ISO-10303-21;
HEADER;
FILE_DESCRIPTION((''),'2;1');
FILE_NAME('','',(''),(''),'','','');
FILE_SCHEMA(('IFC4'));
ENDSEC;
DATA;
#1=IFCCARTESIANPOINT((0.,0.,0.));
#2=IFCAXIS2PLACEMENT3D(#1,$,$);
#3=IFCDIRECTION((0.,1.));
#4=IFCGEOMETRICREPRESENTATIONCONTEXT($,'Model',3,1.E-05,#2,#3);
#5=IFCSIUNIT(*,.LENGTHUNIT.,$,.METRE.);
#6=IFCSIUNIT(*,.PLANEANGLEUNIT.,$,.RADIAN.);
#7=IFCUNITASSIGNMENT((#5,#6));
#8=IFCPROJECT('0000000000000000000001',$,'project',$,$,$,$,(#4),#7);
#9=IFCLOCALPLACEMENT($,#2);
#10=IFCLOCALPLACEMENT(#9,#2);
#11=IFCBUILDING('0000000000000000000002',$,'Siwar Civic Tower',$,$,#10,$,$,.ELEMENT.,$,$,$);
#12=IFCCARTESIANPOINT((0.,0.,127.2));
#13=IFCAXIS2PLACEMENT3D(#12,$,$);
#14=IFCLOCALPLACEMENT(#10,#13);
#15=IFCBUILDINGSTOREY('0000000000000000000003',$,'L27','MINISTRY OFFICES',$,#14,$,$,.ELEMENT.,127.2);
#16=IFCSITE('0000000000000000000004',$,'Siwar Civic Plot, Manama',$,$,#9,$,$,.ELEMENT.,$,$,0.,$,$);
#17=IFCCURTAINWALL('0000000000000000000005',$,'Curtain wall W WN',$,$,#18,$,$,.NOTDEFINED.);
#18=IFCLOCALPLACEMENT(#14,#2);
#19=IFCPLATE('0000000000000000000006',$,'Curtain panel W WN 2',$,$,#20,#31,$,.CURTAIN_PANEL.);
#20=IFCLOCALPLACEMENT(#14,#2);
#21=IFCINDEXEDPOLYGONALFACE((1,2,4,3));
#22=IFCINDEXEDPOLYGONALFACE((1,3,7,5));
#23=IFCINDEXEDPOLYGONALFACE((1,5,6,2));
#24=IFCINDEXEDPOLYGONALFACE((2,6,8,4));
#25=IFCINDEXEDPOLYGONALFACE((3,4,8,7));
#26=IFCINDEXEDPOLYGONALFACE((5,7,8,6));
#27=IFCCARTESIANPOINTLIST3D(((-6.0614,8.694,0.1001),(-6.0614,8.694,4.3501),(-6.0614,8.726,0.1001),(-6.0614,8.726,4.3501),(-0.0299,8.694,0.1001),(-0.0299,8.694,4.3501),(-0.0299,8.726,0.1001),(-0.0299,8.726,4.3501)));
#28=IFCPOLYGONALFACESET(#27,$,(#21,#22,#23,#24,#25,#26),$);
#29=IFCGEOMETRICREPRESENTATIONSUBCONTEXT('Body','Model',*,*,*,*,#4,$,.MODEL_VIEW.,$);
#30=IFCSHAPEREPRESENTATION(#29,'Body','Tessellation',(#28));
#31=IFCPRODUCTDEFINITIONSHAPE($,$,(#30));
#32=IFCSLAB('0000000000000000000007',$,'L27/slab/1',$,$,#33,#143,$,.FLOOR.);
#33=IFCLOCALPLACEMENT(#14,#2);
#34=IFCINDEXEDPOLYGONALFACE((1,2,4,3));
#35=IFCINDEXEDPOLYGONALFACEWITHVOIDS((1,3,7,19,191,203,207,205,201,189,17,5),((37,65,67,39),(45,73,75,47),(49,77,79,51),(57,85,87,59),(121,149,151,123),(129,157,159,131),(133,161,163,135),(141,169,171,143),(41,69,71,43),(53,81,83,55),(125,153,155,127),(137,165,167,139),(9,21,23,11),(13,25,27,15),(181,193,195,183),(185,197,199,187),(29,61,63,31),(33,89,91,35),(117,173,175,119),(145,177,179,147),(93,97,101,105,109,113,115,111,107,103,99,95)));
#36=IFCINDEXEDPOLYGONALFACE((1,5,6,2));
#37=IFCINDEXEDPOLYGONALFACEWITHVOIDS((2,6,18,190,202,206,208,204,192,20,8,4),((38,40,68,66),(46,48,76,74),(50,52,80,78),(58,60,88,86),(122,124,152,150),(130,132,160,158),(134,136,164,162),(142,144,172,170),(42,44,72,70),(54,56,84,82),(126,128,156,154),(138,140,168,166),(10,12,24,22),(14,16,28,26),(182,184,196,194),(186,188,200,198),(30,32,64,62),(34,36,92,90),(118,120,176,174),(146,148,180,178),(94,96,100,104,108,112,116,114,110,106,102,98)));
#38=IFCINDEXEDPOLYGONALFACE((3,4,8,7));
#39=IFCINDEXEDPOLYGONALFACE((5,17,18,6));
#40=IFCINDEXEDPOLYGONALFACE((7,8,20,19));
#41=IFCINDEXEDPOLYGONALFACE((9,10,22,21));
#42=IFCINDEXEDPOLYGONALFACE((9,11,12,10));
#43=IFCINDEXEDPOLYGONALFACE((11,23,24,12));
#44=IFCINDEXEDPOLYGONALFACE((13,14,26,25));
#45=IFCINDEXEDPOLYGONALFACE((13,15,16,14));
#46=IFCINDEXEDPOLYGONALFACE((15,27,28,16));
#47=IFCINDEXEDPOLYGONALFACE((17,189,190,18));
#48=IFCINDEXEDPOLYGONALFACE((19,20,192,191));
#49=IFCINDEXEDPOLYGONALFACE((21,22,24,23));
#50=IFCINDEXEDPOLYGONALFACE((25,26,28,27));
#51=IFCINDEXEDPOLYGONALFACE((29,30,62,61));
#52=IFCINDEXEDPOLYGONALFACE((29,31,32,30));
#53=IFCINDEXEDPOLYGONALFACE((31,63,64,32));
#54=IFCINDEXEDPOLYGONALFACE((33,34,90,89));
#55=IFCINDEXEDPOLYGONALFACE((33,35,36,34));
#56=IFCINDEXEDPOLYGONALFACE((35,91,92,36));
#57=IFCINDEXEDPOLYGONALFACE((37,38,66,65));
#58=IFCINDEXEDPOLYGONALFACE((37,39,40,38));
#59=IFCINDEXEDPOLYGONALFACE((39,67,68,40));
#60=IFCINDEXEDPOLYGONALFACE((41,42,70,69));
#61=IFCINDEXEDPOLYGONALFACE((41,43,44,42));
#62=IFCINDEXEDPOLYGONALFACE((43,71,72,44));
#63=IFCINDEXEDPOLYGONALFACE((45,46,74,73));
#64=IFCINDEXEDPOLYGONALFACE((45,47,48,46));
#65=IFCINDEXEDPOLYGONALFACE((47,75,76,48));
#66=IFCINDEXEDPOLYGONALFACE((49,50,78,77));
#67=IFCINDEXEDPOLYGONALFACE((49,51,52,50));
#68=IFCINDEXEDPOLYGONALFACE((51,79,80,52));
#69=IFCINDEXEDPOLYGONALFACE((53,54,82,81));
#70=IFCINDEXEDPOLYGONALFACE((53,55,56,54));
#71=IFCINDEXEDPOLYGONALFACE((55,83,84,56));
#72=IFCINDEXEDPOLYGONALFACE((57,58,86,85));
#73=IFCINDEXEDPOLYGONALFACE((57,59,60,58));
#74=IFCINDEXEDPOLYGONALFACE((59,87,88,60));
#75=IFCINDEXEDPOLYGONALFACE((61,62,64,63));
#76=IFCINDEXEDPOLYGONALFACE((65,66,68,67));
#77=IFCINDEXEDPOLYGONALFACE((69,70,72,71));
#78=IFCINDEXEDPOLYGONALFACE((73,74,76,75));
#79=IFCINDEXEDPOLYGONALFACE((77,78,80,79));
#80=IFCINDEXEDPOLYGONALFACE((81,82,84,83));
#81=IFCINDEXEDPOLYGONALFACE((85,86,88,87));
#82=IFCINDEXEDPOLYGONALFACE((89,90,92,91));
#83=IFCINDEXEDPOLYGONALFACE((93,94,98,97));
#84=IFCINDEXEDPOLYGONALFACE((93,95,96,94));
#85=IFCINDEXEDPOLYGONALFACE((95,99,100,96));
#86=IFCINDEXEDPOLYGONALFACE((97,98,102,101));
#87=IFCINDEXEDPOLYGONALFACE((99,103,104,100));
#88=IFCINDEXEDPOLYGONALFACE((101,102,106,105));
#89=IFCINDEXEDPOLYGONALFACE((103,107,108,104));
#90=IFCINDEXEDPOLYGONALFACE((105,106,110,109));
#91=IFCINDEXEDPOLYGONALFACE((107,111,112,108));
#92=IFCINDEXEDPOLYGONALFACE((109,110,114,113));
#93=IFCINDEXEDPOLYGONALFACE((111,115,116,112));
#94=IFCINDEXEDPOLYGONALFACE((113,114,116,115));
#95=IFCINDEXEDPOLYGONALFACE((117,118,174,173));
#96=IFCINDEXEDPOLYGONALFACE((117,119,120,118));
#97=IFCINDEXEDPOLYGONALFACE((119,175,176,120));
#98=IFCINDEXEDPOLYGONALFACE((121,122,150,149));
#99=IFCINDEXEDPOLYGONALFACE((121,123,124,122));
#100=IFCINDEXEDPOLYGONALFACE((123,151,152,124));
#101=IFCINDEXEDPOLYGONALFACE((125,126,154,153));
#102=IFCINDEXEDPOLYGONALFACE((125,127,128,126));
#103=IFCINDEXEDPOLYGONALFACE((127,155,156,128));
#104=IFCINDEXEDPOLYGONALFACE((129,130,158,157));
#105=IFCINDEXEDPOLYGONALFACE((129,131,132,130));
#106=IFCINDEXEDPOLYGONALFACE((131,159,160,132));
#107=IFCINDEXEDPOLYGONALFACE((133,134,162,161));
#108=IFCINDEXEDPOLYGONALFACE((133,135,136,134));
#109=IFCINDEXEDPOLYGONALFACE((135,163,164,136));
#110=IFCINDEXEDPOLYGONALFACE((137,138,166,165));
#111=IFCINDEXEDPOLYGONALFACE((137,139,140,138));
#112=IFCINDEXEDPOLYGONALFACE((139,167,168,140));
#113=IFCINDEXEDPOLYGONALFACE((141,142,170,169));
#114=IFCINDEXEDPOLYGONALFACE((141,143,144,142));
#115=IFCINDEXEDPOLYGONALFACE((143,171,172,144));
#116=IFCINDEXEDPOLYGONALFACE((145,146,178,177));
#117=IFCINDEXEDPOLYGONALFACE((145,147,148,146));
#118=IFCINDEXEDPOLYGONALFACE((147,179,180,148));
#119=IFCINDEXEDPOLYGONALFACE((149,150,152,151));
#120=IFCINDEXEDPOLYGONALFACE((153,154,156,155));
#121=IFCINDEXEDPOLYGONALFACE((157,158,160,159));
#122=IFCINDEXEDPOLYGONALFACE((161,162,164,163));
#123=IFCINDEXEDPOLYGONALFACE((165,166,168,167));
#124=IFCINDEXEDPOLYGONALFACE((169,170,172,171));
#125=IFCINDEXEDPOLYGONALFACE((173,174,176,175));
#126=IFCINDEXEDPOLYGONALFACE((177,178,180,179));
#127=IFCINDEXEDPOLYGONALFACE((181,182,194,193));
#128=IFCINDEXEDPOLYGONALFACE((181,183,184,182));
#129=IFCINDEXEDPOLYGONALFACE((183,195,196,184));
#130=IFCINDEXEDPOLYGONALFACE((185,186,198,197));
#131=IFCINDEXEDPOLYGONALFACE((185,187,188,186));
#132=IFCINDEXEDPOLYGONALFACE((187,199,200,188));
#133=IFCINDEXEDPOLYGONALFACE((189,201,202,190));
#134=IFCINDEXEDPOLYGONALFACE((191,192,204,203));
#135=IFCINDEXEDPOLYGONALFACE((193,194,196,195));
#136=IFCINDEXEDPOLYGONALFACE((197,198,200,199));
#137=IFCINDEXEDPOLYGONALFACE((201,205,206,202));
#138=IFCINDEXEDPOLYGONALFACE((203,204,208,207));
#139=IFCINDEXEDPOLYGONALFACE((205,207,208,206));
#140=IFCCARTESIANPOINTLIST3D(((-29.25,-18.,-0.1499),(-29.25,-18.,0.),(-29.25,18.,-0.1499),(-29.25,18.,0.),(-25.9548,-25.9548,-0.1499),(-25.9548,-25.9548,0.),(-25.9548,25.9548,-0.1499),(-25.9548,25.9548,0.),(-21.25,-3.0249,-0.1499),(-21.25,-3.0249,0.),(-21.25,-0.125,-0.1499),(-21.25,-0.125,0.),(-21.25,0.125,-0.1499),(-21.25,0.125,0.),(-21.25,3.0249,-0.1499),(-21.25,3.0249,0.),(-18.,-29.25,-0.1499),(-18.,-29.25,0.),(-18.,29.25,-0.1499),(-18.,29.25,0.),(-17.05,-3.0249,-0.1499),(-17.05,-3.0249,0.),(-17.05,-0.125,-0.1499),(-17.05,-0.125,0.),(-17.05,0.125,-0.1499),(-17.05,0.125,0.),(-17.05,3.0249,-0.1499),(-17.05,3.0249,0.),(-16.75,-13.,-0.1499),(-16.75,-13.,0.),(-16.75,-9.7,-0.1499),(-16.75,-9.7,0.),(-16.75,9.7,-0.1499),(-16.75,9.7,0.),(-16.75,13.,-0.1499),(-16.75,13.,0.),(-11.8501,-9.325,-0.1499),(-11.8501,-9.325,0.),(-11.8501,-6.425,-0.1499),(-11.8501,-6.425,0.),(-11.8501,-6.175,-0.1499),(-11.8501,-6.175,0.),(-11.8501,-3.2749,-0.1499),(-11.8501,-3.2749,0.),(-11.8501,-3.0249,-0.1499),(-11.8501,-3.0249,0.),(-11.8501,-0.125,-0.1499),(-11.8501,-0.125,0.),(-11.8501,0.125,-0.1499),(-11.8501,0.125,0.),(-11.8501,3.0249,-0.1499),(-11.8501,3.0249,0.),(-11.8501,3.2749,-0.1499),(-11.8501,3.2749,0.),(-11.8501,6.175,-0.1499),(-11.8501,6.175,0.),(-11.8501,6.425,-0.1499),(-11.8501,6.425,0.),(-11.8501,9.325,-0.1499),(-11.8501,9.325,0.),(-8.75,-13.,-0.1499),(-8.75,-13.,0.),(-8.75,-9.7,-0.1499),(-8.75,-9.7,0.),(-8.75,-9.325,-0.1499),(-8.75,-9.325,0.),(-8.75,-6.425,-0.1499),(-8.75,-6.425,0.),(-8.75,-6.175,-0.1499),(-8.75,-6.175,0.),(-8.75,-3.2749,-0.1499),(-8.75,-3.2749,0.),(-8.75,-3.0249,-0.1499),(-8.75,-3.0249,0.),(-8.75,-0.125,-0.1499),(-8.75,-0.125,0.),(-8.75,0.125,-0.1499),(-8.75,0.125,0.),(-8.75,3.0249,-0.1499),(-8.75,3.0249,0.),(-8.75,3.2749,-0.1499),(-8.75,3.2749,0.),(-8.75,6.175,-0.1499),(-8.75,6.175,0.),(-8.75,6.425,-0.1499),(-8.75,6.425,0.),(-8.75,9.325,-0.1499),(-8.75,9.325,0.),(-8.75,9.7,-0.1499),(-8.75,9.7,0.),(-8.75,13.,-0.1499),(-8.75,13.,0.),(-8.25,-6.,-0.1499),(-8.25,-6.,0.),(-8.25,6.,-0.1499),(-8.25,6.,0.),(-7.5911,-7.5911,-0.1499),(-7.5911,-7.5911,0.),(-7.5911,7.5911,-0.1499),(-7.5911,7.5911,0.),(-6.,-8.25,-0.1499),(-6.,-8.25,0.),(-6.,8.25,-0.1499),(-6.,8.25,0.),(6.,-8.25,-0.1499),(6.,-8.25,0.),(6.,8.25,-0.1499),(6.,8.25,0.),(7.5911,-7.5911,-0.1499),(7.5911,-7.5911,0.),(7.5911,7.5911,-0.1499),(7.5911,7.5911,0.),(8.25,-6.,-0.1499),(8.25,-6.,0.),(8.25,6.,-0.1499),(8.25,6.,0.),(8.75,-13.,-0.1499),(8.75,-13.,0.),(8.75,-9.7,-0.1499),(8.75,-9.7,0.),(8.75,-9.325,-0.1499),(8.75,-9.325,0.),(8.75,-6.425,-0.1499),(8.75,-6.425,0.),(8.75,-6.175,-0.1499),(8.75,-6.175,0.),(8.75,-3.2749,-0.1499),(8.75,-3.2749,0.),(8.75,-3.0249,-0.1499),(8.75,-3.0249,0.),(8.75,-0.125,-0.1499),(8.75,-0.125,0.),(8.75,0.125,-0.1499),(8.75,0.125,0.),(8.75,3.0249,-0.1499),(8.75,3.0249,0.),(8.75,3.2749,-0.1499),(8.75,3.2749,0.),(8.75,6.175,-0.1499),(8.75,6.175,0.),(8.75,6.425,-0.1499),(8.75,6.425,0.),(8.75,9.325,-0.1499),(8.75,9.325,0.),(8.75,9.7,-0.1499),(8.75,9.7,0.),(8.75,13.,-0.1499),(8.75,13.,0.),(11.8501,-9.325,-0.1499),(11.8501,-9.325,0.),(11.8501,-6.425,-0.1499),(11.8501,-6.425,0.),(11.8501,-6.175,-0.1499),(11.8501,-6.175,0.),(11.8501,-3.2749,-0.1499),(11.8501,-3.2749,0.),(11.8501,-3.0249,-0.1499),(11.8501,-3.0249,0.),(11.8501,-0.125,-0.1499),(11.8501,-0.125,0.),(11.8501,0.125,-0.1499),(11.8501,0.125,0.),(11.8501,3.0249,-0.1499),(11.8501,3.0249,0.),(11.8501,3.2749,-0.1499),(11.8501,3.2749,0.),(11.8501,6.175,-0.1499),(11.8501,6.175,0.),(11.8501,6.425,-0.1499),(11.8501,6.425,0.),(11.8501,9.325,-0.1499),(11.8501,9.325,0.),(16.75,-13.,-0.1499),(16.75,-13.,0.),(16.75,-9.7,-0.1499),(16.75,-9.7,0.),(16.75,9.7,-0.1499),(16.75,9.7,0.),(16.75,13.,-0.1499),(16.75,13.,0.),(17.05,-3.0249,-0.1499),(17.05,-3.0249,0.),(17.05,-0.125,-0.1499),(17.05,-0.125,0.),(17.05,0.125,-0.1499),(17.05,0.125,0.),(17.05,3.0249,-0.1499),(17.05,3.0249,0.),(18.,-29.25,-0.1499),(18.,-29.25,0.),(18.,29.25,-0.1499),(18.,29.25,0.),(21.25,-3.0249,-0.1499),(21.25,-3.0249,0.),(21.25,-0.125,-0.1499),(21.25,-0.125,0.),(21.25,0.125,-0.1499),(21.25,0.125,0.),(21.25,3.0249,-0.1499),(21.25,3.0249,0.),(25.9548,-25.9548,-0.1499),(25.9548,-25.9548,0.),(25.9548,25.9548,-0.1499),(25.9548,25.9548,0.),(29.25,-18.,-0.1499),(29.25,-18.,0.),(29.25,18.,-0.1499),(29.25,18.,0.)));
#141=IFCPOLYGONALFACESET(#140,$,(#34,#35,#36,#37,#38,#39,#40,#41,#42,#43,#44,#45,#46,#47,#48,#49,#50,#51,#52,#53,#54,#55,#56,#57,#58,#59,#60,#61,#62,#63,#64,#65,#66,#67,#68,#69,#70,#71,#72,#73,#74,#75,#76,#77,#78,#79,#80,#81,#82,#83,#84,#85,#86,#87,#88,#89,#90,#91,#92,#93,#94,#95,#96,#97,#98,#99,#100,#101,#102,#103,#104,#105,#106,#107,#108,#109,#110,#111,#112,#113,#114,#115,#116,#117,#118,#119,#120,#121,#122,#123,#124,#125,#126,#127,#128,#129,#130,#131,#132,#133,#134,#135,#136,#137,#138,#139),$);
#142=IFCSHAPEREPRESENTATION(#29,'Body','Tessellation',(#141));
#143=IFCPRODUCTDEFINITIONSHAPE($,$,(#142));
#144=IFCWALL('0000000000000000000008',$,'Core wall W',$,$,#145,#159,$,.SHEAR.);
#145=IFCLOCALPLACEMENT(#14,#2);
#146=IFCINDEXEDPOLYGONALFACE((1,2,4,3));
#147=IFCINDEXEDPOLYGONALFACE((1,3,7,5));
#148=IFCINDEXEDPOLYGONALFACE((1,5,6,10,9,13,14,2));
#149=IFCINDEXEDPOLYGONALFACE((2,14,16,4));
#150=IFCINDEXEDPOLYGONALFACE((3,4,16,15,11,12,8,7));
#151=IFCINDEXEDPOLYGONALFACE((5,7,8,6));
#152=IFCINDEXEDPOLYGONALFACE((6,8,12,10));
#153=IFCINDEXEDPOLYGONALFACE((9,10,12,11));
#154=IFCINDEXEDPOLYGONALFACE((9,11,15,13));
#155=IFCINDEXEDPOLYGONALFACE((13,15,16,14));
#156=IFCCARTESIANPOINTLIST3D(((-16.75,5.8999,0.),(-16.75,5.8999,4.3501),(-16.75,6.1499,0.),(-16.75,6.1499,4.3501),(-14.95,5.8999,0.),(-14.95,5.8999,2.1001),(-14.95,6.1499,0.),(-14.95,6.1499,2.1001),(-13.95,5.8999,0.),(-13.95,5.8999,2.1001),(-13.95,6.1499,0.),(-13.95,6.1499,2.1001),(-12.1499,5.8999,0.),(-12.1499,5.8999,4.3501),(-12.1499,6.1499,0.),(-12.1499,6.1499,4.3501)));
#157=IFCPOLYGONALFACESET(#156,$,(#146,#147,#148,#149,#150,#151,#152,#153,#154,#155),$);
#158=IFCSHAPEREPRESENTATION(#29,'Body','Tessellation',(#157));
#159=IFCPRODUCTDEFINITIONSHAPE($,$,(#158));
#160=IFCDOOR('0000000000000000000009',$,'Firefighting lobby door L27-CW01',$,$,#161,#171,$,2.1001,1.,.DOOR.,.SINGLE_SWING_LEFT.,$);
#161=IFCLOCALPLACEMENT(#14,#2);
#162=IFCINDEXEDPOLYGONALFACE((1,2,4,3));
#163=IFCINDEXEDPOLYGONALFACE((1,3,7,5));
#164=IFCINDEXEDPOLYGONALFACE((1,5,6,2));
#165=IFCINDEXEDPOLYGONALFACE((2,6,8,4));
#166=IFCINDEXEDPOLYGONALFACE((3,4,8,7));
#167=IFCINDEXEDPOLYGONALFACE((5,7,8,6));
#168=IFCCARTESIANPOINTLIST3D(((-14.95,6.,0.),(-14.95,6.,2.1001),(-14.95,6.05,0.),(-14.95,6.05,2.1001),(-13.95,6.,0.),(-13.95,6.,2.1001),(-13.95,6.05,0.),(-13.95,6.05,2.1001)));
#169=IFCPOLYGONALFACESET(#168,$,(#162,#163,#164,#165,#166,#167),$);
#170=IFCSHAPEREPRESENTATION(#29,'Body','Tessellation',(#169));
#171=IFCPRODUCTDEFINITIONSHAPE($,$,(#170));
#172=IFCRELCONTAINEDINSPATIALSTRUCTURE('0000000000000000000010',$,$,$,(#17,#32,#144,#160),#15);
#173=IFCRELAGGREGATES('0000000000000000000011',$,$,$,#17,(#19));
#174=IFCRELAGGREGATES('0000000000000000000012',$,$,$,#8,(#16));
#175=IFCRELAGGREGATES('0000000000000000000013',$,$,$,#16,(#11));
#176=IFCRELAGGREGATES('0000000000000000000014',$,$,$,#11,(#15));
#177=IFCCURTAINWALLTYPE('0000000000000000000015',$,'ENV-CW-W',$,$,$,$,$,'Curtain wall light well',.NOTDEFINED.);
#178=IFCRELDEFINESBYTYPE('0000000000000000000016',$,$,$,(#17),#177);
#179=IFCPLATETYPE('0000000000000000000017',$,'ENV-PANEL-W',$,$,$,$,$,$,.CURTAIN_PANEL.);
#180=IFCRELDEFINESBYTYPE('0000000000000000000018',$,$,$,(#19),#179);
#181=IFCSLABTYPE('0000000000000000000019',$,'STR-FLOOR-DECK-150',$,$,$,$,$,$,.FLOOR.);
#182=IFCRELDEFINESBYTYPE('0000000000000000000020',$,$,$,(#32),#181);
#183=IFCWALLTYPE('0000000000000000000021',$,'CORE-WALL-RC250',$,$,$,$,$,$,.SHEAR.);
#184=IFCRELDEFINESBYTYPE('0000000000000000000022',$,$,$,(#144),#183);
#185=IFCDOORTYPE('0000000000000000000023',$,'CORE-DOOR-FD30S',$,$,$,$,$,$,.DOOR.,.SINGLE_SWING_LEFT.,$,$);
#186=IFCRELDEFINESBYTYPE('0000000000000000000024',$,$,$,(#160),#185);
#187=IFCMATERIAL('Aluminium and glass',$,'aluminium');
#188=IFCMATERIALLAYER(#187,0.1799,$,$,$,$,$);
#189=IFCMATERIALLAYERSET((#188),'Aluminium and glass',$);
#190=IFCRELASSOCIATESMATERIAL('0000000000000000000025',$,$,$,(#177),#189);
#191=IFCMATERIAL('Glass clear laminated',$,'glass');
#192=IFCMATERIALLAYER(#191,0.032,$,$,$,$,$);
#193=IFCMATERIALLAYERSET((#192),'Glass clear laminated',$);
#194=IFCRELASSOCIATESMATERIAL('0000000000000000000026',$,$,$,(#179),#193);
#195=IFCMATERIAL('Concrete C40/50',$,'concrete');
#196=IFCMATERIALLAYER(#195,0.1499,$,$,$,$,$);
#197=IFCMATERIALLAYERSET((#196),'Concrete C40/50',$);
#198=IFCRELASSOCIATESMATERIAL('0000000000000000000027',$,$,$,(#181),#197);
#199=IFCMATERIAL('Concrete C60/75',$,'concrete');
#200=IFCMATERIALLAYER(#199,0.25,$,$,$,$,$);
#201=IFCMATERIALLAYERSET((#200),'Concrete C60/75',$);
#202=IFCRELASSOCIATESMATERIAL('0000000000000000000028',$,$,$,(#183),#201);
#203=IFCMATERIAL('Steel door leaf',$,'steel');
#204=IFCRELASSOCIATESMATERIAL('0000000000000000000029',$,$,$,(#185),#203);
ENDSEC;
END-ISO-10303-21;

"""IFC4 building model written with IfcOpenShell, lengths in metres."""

from ifc_helpers import new_model, si_unit, direction, frame, frame_2d, origin, origin_2d, place, context, subcontext, project, spatial, polyline, rectangle, outline, extrude, material, layer, layer_set, type_object, element, fill, aggregate, save


model = new_model("IFC4")

# Units and contexts
model_context = context("Model", 3, precision=1e-05, world=origin(), true_north=direction((0.0, 1.0)))
body_context = subcontext(model_context, "Body", "Model", "MODEL_VIEW")
ifc_project = project(units=[si_unit("LENGTHUNIT", "METRE"), si_unit("PLANEANGLEUNIT", "RADIAN")], contexts=[model_context])

# Site, building, storey
site_placement = place(None, origin())
site = spatial("IfcSite", under=ifc_project, at=site_placement, Name="Siwar Civic Plot, Manama", CompositionType="ELEMENT", RefElevation=0.0)
building_placement = place(site_placement, origin())
building = spatial("IfcBuilding", under=site, at=building_placement, Name="Siwar Civic Tower", CompositionType="ELEMENT")
storey_placement = place(building_placement, frame((0.0, 0.0, 127.2)))
storey = spatial("IfcBuildingStorey", under=building, at=storey_placement, Name="L27", Description="MINISTRY OFFICES", CompositionType="ELEMENT", Elevation=127.2)

# Curtain wall
ifc_material_1 = material(Name="Aluminium and glass", Category="aluminium")
ifc_layer_1 = layer(ifc_material_1, 0.1799)
ifc_layer_set_1 = layer_set([ifc_layer_1], Name="Aluminium and glass")
curtain_wall_type = type_object("IfcCurtainWallType", Name="ENV-CW-W", ElementType="Curtain wall light well", PredefinedType="NOTDEFINED", material=ifc_layer_set_1)
curtain_wall_placement = place(storey_placement, origin())
curtain_wall = element("IfcCurtainWall", 1, at=curtain_wall_placement, inside=storey, type_object=curtain_wall_type, Name="Curtain wall W WN", PredefinedType="NOTDEFINED")

# Plate
ifc_material_2 = material(Name="Glass clear laminated", Category="glass")
ifc_layer_2 = layer(ifc_material_2, 0.032)
ifc_layer_set_2 = layer_set([ifc_layer_2], Name="Glass clear laminated")
plate_type = type_object("IfcPlateType", Name="ENV-PANEL-W", PredefinedType="CURTAIN_PANEL", material=ifc_layer_set_2)
plate_placement = place(storey_placement, frame((-3.0457, 8.71, 0.1001), z_axis=(0.0, 0.0, 1.0), x_axis=(-1.0, 0.0, 0.0)))
plate = element("IfcPlate", 2, at=plate_placement, type_object=plate_type, Name="Curtain panel W WN 2", PredefinedType="CURTAIN_PANEL", context=body_context, shape_type="SweptSolid", body=[
    extrude(rectangle(XDim=6.0315, YDim=0.032, at=origin_2d()), origin(), (0.0, 0.0, 1.0), 4.25),
])
aggregate(curtain_wall, [plate])

# Slab
ifc_material_3 = material(Name="Concrete C40/50", Category="concrete")
ifc_layer_3 = layer(ifc_material_3, 0.1499)
ifc_layer_set_3 = layer_set([ifc_layer_3], Name="Concrete C40/50")
slab_type_1 = type_object("IfcSlabType", Name="STR-FLOOR-DECK-150", PredefinedType="FLOOR", material=ifc_layer_set_3)
slab_1_placement = place(storey_placement, frame((0.0, 0.0, -0.1499)))
element("IfcSlab", 3, at=slab_1_placement, inside=storey, type_object=slab_type_1, Name="L27/slab/1", PredefinedType="FLOOR", context=body_context, shape_type="SweptSolid", body=[
    extrude(outline(polyline([(-18.0, -29.25), (18.0, -29.25), (25.9548, -25.9548), (29.25, -18.0), (29.25, 18.0), (25.9548, 25.9548), (18.0, 29.25), (-18.0, 29.25), (-25.9548, 25.9548), (-29.25, 18.0), (-29.25, -18.0), (-25.9548, -25.9548), (-18.0, -29.25)]), holes=[polyline([(21.25, 3.0249), (21.25, 0.125), (17.05, 0.125), (17.05, 3.0249), (21.25, 3.0249)]), polyline([(17.05, -0.125), (21.25, -0.125), (21.25, -3.0249), (17.05, -3.0249), (17.05, -0.125)]), polyline([(16.75, 13.0), (16.75, 9.7), (8.75, 9.7), (8.75, 13.0), (16.75, 13.0)]), polyline([(8.75, -9.7), (16.75, -9.7), (16.75, -13.0), (8.75, -13.0), (8.75, -9.7)]), polyline([(11.8501, 9.325), (11.8501, 6.425), (8.75, 6.425), (8.75, 9.325), (11.8501, 9.325)]), polyline([(11.8501, 3.0249), (11.8501, 0.125), (8.75, 0.125), (8.75, 3.0249), (11.8501, 3.0249)]), polyline([(11.8501, -0.125), (11.8501, -3.0249), (8.75, -3.0249), (8.75, -0.125), (11.8501, -0.125)]), polyline([(11.8501, -3.2749), (11.8501, -6.175), (8.75, -6.175), (8.75, -3.2749), (11.8501, -3.2749)]), polyline([(8.75, 6.175), (11.8501, 6.175), (11.8501, 3.2749), (8.75, 3.2749), (8.75, 6.175)]), polyline([(8.75, -6.425), (11.8501, -6.425), (11.8501, -9.325), (8.75, -9.325), (8.75, -6.425)]), polyline([(-6.0, 8.25), (6.0, 8.25), (7.5911, 7.5911), (8.25, 6.0), (8.25, -6.0), (7.5911, -7.5911), (6.0, -8.25), (-6.0, -8.25), (-7.5911, -7.5911), (-8.25, -6.0), (-8.25, 6.0), (-7.5911, 7.5911), (-6.0, 8.25)]), polyline([(-8.75, 9.7), (-16.75, 9.7), (-16.75, 13.0), (-8.75, 13.0), (-8.75, 9.7)]), polyline([(-8.75, 0.125), (-11.8501, 0.125), (-11.8501, 3.0249), (-8.75, 3.0249), (-8.75, 0.125)]), polyline([(-8.75, -6.175), (-11.8501, -6.175), (-11.8501, -3.2749), (-8.75, -3.2749), (-8.75, -6.175)]), polyline([(-8.75, -9.325), (-11.8501, -9.325), (-11.8501, -6.425), (-8.75, -6.425), (-8.75, -9.325)]), polyline([(-8.75, -13.0), (-16.75, -13.0), (-16.75, -9.7), (-8.75, -9.7), (-8.75, -13.0)]), polyline([(-11.8501, 6.425), (-11.8501, 9.325), (-8.75, 9.325), (-8.75, 6.425), (-11.8501, 6.425)]), polyline([(-11.8501, 3.2749), (-11.8501, 6.175), (-8.75, 6.175), (-8.75, 3.2749), (-11.8501, 3.2749)]), polyline([(-11.8501, -3.0249), (-11.8501, -0.125), (-8.75, -0.125), (-8.75, -3.0249), (-11.8501, -3.0249)]), polyline([(-21.25, -3.0249), (-21.25, -0.125), (-17.05, -0.125), (-17.05, -3.0249), (-21.25, -3.0249)]), polyline([(-17.05, 0.125), (-21.25, 0.125), (-21.25, 3.0249), (-17.05, 3.0249), (-17.05, 0.125)])]), origin(), (0.0, 0.0, 1.0), 0.1499),
])

# Wall, opening, door
ifc_material_4 = material(Name="Concrete C60/75", Category="concrete")
ifc_layer_4 = layer(ifc_material_4, 0.25)
ifc_layer_set_4 = layer_set([ifc_layer_4], Name="Concrete C60/75")
wall_type_1 = type_object("IfcWallType", Name="CORE-WALL-RC250", PredefinedType="SHEAR", material=ifc_layer_set_4)
wall_1_placement = place(storey_placement, frame((-12.1499, 6.0249, 0.0), z_axis=(0.0, 0.0, 1.0), x_axis=(-1.0, 0.0, 0.0)))
wall_1 = element("IfcWall", 4, at=wall_1_placement, inside=storey, type_object=wall_type_1, Name="Core wall W", PredefinedType="SHEAR", context=body_context, shape_type="SweptSolid", body=[
    extrude(rectangle(XDim=4.6001, YDim=0.25, at=frame_2d((2.3, 0.0))), origin(), (0.0, 0.0, 1.0), 4.3501),
])
opening_placement = place(wall_1_placement, frame((1.8, 0.0, 0.0)))
opening = element("IfcOpeningElement", 5, at=opening_placement, cuts=wall_1, PredefinedType="OPENING", context=body_context, shape_type="SweptSolid", body=[
    extrude(rectangle(XDim=1.0, YDim=2.1001, at=frame_2d((0.5, 1.05))), frame((0.0, 0.135, 0.0), z_axis=(0.0, -1.0, 0.0), x_axis=(1.0, 0.0, 0.0)), (0.0, 0.0, 1.0), 0.27),
])
ifc_material_5 = material(Name="Steel door leaf", Category="steel")
door_type = type_object("IfcDoorType", Name="CORE-DOOR-FD30S", OperationType="SINGLE_SWING_LEFT", PredefinedType="DOOR", material=ifc_material_5)
door_placement = place(opening_placement, origin())
door = element("IfcDoor", 6, at=door_placement, inside=storey, type_object=door_type, Name="Firefighting lobby door L27-CW01", OperationType="SINGLE_SWING_LEFT", OverallHeight=2.1001, OverallWidth=1.0, PredefinedType="DOOR", context=body_context, shape_type="SweptSolid", body=[
    extrude(rectangle(XDim=1.0, YDim=2.1001, at=frame_2d((0.5, 1.05))), frame((0.0, 0.0249, 0.0), z_axis=(0.0, -1.0, 0.0), x_axis=(1.0, 0.0, 0.0)), (0.0, 0.0, 1.0), 0.05),
])
fill(opening, door)

save(model, "model.ifc")
